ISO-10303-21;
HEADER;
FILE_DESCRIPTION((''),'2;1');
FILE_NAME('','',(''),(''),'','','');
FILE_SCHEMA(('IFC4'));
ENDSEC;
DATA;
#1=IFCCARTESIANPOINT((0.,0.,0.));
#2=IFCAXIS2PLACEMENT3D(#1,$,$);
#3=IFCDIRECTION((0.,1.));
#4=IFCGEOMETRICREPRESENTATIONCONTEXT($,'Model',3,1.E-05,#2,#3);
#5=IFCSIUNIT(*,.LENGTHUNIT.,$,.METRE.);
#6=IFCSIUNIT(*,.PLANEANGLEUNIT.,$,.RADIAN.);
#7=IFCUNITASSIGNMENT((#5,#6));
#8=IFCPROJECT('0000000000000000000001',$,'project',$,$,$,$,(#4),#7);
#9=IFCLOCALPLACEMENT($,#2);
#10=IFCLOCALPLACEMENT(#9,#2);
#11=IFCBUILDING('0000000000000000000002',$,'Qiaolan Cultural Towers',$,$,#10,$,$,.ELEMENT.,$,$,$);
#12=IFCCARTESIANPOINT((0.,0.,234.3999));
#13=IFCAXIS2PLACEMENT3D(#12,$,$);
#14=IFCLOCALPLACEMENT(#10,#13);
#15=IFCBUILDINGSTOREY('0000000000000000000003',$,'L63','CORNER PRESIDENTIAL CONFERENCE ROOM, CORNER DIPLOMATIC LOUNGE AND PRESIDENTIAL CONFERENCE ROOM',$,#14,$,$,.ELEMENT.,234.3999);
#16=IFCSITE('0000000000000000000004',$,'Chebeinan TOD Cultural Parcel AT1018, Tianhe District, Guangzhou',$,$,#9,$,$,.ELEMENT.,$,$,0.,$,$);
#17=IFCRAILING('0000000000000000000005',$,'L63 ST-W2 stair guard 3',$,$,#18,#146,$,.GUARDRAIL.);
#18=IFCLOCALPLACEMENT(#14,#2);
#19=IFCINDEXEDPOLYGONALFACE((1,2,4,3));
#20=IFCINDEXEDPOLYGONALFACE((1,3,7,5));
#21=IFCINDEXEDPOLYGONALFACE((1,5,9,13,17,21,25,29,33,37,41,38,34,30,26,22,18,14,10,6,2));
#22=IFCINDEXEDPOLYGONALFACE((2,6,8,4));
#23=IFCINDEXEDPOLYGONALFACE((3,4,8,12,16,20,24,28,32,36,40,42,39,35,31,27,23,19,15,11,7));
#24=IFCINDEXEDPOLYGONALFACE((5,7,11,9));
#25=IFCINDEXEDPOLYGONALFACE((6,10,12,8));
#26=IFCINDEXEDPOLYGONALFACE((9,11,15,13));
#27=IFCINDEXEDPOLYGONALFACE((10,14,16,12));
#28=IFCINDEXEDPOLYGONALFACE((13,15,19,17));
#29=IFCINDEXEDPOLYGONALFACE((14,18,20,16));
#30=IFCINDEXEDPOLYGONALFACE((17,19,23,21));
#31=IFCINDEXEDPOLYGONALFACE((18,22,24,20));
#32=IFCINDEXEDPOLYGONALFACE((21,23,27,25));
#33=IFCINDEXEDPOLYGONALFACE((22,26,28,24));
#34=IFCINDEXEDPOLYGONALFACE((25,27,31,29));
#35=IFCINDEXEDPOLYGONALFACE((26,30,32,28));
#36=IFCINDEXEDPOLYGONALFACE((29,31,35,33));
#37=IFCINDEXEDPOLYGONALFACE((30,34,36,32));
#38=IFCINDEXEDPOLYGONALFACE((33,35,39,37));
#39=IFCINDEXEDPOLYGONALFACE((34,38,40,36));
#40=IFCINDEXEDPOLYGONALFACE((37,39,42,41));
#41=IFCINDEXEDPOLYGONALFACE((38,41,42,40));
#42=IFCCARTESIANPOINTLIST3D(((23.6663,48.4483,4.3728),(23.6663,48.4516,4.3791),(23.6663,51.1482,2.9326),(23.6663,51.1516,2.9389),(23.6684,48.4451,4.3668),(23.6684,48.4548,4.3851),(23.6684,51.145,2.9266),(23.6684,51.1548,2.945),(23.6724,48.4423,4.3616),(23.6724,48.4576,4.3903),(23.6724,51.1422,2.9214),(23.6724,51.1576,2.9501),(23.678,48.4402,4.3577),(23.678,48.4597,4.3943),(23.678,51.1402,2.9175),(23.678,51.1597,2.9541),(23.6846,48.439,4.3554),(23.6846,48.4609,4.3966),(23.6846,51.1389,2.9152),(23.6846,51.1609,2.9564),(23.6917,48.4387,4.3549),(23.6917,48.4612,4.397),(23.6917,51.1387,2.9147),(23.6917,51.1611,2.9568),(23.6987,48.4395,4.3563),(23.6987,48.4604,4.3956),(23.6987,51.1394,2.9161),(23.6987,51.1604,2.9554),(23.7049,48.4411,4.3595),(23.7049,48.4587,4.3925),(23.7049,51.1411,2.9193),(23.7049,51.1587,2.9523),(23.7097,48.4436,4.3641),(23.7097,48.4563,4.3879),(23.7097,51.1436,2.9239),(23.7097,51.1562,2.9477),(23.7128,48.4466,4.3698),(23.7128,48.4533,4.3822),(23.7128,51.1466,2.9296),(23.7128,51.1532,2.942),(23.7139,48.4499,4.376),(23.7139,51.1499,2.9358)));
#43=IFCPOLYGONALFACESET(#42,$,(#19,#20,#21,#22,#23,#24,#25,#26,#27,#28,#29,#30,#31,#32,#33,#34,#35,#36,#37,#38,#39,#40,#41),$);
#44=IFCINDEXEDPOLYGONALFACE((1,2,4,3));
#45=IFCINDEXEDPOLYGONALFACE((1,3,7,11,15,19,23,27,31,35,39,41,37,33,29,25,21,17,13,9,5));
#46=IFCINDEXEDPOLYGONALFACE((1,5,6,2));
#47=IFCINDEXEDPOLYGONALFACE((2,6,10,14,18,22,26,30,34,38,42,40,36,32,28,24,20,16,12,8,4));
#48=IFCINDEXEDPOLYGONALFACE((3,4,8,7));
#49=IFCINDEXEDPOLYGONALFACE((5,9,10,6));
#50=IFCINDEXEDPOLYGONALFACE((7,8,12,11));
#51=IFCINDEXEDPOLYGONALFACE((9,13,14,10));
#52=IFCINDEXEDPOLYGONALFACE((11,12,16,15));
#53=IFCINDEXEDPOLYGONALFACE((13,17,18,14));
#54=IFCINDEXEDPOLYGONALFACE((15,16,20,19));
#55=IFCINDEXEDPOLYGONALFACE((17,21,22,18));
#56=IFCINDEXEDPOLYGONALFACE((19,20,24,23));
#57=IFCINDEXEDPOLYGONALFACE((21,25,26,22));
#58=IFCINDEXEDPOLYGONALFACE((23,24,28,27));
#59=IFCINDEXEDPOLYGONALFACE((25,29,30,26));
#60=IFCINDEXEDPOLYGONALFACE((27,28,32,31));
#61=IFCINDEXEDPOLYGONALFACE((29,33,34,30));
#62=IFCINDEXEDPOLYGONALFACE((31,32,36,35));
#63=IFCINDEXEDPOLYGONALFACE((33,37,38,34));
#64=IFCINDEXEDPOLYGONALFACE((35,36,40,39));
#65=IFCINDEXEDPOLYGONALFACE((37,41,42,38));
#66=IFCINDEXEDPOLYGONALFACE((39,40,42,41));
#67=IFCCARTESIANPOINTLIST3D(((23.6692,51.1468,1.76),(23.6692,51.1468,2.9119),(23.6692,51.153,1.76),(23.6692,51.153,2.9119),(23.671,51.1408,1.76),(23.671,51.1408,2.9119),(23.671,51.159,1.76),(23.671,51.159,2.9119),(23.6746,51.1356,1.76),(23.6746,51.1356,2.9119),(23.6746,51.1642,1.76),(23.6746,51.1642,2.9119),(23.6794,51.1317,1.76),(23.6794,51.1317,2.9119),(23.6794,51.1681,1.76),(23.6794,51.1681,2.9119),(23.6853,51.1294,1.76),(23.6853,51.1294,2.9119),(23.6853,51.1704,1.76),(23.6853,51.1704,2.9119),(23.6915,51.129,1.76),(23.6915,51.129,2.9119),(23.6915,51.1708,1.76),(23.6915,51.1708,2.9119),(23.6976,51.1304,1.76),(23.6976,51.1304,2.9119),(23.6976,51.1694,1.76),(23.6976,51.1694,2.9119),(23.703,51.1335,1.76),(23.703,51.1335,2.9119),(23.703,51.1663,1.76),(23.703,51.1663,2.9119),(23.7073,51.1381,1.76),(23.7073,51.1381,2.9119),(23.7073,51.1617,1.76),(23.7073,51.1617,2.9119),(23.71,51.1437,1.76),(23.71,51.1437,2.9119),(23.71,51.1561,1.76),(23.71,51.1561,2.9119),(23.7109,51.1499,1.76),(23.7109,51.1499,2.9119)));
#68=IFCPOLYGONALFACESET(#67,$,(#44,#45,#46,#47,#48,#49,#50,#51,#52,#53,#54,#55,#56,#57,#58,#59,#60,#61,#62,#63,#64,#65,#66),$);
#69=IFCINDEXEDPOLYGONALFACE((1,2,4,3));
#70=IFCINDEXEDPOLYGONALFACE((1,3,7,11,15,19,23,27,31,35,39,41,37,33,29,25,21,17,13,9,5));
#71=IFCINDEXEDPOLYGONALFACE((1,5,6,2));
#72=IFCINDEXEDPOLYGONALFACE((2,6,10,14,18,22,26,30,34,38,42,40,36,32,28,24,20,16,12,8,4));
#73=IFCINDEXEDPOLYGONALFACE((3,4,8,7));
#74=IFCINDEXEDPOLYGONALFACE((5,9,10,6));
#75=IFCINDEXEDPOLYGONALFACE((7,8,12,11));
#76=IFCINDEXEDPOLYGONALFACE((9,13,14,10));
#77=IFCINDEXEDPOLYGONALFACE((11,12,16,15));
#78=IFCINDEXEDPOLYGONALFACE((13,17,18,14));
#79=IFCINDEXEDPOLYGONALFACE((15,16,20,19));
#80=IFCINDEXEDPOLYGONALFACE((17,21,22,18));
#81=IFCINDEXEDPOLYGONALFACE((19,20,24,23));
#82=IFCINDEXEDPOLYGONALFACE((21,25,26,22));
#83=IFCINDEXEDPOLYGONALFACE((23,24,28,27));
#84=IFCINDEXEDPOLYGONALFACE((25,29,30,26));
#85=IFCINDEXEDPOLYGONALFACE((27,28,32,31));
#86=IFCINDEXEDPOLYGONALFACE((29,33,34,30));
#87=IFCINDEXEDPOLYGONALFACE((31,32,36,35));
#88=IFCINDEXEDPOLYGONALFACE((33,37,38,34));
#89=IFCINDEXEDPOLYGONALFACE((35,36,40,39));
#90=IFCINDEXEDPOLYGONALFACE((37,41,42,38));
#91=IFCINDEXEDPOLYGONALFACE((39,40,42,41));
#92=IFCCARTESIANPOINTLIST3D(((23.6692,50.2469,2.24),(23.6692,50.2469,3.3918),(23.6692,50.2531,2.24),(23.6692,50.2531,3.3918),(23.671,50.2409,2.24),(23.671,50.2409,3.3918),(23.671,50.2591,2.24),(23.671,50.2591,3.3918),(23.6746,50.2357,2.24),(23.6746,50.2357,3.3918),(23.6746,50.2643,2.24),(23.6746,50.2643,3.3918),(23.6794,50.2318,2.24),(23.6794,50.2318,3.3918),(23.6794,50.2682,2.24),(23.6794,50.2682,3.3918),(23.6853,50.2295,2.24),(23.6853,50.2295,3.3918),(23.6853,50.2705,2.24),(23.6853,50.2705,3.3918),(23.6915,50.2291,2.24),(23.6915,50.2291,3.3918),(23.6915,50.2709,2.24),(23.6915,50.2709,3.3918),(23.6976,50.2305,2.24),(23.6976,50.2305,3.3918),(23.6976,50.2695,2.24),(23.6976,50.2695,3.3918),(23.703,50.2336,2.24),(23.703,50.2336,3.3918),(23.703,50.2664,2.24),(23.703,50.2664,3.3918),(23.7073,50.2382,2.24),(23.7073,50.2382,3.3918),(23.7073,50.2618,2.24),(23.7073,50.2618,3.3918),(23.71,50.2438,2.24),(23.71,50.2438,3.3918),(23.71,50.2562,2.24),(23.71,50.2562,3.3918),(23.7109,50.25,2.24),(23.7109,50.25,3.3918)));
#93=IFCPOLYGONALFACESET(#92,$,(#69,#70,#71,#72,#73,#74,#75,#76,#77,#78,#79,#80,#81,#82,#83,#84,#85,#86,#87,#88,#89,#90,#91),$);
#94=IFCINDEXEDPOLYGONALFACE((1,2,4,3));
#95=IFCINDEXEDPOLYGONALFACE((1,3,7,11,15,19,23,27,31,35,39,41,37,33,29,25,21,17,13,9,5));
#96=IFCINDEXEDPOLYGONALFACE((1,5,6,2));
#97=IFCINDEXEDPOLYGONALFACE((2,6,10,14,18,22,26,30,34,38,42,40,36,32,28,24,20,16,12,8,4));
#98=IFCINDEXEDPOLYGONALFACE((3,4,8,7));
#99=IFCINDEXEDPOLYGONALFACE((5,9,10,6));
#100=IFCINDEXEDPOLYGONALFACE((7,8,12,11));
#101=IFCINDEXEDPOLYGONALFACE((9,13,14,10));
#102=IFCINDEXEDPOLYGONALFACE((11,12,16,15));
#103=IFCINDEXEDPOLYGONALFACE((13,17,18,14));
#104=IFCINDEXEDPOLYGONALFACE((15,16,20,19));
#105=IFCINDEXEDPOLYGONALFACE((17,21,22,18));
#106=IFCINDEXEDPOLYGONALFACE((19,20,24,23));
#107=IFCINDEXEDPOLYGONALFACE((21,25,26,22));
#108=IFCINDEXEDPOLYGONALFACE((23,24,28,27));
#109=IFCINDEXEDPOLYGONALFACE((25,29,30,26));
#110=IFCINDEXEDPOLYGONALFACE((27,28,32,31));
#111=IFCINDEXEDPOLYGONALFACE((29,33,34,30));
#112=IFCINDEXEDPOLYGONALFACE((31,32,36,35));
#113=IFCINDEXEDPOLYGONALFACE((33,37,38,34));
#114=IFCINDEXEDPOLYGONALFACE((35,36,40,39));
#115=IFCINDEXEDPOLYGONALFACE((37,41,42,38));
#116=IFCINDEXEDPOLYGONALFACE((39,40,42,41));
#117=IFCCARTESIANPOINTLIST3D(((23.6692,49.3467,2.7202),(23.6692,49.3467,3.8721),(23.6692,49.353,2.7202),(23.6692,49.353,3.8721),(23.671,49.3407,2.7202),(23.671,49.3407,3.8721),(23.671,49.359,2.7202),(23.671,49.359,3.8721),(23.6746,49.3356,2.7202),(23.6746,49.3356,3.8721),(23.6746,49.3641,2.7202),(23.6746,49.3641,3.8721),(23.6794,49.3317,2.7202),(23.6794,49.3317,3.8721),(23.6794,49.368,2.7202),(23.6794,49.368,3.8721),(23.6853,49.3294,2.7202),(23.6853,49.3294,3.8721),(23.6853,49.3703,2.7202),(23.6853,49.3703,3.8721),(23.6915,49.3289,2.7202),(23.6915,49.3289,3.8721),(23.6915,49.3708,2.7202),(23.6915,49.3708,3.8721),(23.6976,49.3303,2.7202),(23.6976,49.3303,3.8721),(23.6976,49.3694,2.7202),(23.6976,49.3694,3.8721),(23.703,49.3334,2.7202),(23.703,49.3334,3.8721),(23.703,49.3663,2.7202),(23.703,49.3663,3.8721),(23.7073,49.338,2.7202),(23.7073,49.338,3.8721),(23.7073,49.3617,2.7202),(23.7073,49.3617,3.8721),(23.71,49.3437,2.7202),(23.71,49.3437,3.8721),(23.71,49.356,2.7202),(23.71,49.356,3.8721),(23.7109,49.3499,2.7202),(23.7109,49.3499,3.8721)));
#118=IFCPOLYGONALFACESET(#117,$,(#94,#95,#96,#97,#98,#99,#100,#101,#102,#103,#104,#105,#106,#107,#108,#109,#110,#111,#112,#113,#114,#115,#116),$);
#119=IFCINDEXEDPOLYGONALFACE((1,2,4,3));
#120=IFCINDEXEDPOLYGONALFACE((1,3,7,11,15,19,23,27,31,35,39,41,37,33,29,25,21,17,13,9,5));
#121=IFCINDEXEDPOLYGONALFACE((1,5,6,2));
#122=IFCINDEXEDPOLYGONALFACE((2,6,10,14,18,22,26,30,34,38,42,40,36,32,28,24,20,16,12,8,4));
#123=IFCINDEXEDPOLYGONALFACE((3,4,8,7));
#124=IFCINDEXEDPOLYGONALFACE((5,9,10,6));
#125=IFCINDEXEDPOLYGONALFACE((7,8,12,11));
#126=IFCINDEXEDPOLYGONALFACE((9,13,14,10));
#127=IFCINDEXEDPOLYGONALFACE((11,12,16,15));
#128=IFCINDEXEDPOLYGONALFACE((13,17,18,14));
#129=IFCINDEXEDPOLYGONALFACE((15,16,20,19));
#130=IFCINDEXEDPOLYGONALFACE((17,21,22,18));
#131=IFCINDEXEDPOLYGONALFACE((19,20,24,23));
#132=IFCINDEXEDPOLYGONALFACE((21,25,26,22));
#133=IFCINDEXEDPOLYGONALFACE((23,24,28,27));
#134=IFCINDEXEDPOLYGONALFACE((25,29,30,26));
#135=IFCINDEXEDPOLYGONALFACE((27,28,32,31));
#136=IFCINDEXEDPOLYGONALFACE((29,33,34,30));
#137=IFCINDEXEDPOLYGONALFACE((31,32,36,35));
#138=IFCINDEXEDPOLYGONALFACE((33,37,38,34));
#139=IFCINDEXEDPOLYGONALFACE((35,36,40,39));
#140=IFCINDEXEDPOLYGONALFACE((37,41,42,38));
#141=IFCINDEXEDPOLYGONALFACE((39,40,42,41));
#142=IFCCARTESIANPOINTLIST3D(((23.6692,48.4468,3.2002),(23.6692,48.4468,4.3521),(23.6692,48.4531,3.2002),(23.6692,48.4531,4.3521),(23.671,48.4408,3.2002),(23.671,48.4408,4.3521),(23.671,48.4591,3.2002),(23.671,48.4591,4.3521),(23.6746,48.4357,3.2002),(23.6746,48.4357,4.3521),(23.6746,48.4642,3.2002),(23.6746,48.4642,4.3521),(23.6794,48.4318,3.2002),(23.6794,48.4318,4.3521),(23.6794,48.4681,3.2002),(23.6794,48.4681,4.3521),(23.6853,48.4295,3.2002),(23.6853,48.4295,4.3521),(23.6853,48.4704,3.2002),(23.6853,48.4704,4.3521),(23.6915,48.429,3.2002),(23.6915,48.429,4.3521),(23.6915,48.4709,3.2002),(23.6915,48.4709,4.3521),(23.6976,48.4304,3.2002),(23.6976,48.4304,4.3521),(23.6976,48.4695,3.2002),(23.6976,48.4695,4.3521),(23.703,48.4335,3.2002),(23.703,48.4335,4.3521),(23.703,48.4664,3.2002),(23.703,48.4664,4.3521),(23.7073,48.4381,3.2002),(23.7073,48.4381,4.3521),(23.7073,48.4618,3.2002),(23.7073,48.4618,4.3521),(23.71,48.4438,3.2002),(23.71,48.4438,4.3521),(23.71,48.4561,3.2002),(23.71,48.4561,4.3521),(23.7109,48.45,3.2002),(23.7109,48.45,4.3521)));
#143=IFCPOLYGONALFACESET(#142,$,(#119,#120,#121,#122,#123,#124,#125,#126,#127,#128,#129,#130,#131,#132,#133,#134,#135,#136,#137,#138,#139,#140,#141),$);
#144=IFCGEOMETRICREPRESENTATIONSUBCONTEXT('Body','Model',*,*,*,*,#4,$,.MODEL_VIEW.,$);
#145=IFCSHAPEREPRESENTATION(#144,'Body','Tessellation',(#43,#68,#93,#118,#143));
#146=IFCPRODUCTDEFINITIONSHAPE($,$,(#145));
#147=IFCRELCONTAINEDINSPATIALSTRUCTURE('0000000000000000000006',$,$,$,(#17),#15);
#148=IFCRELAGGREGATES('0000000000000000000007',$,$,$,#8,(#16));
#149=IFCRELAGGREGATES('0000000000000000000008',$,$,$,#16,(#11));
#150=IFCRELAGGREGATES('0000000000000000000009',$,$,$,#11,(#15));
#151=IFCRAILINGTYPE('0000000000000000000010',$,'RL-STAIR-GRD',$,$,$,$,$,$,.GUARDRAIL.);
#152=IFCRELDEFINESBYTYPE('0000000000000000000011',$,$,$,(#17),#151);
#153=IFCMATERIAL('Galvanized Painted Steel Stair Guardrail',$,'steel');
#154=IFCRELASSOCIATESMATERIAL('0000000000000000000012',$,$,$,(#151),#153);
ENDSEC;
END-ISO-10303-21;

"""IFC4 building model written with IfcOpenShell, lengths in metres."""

from ifc_helpers import new_model, si_unit, direction, frame, origin, origin_2d, place, context, subcontext, project, spatial, circle, extrude, material, type_object, element, save


model = new_model("IFC4")

# Units and contexts
model_context = context("Model", 3, precision=1e-05, world=origin(), true_north=direction((0.0, 1.0)))
body_context = subcontext(model_context, "Body", "Model", "MODEL_VIEW")
ifc_project = project(units=[si_unit("LENGTHUNIT", "METRE"), si_unit("PLANEANGLEUNIT", "RADIAN")], contexts=[model_context])

# Site, building, storey
site_placement = place(None, origin())
site = spatial("IfcSite", under=ifc_project, at=site_placement, Name="Chebeinan TOD Cultural Parcel AT1018, Tianhe District, Guangzhou", CompositionType="ELEMENT", RefElevation=0.0)
building_placement = place(site_placement, origin())
building = spatial("IfcBuilding", under=site, at=building_placement, Name="Qiaolan Cultural Towers", CompositionType="ELEMENT")
storey_placement = place(building_placement, frame((0.0, 0.0, 234.3999)))
storey = spatial("IfcBuildingStorey", under=building, at=storey_placement, Name="L63", Description="CORNER PRESIDENTIAL CONFERENCE ROOM, CORNER DIPLOMATIC LOUNGE AND PRESIDENTIAL CONFERENCE ROOM", CompositionType="ELEMENT", Elevation=234.3999)

# Railing
ifc_material_1 = material(Name="Galvanized Painted Steel Stair Guardrail", Category="steel")
railing_type_1 = type_object("IfcRailingType", Name="RL-STAIR-GRD", PredefinedType="GUARDRAIL", material=ifc_material_1)
railing_1_placement = place(storey_placement, frame((23.6899, 51.1499, 1.76)))
element("IfcRailing", 1, at=railing_1_placement, inside=storey, type_object=railing_type_1, Name="L63 ST-W2 stair guard 3", PredefinedType="GUARDRAIL", context=body_context, shape_type="SweptSolid", body=[
    extrude(circle(Radius=0.0239, at=origin_2d()), frame((0.0, 0.0, 1.1758), z_axis=(0.0, -0.882324, 0.470642), x_axis=(1.0, 0.0, 0.0)), (0.0, 0.0, 1.0), 3.0601),
    extrude(circle(Radius=0.021, at=origin_2d()), origin(), (0.0, 0.0, 1.0), 1.1519),
    extrude(circle(Radius=0.021, at=origin_2d()), frame((0.0, -0.8999, 0.48)), (0.0, 0.0, 1.0), 1.1519),
    extrude(circle(Radius=0.021, at=origin_2d()), frame((0.0, -1.8, 0.9602)), (0.0, 0.0, 1.0), 1.1519),
    extrude(circle(Radius=0.021, at=origin_2d()), frame((0.0, -2.7, 1.4402)), (0.0, 0.0, 1.0), 1.1519),
])

save(model, "model.ifc")
